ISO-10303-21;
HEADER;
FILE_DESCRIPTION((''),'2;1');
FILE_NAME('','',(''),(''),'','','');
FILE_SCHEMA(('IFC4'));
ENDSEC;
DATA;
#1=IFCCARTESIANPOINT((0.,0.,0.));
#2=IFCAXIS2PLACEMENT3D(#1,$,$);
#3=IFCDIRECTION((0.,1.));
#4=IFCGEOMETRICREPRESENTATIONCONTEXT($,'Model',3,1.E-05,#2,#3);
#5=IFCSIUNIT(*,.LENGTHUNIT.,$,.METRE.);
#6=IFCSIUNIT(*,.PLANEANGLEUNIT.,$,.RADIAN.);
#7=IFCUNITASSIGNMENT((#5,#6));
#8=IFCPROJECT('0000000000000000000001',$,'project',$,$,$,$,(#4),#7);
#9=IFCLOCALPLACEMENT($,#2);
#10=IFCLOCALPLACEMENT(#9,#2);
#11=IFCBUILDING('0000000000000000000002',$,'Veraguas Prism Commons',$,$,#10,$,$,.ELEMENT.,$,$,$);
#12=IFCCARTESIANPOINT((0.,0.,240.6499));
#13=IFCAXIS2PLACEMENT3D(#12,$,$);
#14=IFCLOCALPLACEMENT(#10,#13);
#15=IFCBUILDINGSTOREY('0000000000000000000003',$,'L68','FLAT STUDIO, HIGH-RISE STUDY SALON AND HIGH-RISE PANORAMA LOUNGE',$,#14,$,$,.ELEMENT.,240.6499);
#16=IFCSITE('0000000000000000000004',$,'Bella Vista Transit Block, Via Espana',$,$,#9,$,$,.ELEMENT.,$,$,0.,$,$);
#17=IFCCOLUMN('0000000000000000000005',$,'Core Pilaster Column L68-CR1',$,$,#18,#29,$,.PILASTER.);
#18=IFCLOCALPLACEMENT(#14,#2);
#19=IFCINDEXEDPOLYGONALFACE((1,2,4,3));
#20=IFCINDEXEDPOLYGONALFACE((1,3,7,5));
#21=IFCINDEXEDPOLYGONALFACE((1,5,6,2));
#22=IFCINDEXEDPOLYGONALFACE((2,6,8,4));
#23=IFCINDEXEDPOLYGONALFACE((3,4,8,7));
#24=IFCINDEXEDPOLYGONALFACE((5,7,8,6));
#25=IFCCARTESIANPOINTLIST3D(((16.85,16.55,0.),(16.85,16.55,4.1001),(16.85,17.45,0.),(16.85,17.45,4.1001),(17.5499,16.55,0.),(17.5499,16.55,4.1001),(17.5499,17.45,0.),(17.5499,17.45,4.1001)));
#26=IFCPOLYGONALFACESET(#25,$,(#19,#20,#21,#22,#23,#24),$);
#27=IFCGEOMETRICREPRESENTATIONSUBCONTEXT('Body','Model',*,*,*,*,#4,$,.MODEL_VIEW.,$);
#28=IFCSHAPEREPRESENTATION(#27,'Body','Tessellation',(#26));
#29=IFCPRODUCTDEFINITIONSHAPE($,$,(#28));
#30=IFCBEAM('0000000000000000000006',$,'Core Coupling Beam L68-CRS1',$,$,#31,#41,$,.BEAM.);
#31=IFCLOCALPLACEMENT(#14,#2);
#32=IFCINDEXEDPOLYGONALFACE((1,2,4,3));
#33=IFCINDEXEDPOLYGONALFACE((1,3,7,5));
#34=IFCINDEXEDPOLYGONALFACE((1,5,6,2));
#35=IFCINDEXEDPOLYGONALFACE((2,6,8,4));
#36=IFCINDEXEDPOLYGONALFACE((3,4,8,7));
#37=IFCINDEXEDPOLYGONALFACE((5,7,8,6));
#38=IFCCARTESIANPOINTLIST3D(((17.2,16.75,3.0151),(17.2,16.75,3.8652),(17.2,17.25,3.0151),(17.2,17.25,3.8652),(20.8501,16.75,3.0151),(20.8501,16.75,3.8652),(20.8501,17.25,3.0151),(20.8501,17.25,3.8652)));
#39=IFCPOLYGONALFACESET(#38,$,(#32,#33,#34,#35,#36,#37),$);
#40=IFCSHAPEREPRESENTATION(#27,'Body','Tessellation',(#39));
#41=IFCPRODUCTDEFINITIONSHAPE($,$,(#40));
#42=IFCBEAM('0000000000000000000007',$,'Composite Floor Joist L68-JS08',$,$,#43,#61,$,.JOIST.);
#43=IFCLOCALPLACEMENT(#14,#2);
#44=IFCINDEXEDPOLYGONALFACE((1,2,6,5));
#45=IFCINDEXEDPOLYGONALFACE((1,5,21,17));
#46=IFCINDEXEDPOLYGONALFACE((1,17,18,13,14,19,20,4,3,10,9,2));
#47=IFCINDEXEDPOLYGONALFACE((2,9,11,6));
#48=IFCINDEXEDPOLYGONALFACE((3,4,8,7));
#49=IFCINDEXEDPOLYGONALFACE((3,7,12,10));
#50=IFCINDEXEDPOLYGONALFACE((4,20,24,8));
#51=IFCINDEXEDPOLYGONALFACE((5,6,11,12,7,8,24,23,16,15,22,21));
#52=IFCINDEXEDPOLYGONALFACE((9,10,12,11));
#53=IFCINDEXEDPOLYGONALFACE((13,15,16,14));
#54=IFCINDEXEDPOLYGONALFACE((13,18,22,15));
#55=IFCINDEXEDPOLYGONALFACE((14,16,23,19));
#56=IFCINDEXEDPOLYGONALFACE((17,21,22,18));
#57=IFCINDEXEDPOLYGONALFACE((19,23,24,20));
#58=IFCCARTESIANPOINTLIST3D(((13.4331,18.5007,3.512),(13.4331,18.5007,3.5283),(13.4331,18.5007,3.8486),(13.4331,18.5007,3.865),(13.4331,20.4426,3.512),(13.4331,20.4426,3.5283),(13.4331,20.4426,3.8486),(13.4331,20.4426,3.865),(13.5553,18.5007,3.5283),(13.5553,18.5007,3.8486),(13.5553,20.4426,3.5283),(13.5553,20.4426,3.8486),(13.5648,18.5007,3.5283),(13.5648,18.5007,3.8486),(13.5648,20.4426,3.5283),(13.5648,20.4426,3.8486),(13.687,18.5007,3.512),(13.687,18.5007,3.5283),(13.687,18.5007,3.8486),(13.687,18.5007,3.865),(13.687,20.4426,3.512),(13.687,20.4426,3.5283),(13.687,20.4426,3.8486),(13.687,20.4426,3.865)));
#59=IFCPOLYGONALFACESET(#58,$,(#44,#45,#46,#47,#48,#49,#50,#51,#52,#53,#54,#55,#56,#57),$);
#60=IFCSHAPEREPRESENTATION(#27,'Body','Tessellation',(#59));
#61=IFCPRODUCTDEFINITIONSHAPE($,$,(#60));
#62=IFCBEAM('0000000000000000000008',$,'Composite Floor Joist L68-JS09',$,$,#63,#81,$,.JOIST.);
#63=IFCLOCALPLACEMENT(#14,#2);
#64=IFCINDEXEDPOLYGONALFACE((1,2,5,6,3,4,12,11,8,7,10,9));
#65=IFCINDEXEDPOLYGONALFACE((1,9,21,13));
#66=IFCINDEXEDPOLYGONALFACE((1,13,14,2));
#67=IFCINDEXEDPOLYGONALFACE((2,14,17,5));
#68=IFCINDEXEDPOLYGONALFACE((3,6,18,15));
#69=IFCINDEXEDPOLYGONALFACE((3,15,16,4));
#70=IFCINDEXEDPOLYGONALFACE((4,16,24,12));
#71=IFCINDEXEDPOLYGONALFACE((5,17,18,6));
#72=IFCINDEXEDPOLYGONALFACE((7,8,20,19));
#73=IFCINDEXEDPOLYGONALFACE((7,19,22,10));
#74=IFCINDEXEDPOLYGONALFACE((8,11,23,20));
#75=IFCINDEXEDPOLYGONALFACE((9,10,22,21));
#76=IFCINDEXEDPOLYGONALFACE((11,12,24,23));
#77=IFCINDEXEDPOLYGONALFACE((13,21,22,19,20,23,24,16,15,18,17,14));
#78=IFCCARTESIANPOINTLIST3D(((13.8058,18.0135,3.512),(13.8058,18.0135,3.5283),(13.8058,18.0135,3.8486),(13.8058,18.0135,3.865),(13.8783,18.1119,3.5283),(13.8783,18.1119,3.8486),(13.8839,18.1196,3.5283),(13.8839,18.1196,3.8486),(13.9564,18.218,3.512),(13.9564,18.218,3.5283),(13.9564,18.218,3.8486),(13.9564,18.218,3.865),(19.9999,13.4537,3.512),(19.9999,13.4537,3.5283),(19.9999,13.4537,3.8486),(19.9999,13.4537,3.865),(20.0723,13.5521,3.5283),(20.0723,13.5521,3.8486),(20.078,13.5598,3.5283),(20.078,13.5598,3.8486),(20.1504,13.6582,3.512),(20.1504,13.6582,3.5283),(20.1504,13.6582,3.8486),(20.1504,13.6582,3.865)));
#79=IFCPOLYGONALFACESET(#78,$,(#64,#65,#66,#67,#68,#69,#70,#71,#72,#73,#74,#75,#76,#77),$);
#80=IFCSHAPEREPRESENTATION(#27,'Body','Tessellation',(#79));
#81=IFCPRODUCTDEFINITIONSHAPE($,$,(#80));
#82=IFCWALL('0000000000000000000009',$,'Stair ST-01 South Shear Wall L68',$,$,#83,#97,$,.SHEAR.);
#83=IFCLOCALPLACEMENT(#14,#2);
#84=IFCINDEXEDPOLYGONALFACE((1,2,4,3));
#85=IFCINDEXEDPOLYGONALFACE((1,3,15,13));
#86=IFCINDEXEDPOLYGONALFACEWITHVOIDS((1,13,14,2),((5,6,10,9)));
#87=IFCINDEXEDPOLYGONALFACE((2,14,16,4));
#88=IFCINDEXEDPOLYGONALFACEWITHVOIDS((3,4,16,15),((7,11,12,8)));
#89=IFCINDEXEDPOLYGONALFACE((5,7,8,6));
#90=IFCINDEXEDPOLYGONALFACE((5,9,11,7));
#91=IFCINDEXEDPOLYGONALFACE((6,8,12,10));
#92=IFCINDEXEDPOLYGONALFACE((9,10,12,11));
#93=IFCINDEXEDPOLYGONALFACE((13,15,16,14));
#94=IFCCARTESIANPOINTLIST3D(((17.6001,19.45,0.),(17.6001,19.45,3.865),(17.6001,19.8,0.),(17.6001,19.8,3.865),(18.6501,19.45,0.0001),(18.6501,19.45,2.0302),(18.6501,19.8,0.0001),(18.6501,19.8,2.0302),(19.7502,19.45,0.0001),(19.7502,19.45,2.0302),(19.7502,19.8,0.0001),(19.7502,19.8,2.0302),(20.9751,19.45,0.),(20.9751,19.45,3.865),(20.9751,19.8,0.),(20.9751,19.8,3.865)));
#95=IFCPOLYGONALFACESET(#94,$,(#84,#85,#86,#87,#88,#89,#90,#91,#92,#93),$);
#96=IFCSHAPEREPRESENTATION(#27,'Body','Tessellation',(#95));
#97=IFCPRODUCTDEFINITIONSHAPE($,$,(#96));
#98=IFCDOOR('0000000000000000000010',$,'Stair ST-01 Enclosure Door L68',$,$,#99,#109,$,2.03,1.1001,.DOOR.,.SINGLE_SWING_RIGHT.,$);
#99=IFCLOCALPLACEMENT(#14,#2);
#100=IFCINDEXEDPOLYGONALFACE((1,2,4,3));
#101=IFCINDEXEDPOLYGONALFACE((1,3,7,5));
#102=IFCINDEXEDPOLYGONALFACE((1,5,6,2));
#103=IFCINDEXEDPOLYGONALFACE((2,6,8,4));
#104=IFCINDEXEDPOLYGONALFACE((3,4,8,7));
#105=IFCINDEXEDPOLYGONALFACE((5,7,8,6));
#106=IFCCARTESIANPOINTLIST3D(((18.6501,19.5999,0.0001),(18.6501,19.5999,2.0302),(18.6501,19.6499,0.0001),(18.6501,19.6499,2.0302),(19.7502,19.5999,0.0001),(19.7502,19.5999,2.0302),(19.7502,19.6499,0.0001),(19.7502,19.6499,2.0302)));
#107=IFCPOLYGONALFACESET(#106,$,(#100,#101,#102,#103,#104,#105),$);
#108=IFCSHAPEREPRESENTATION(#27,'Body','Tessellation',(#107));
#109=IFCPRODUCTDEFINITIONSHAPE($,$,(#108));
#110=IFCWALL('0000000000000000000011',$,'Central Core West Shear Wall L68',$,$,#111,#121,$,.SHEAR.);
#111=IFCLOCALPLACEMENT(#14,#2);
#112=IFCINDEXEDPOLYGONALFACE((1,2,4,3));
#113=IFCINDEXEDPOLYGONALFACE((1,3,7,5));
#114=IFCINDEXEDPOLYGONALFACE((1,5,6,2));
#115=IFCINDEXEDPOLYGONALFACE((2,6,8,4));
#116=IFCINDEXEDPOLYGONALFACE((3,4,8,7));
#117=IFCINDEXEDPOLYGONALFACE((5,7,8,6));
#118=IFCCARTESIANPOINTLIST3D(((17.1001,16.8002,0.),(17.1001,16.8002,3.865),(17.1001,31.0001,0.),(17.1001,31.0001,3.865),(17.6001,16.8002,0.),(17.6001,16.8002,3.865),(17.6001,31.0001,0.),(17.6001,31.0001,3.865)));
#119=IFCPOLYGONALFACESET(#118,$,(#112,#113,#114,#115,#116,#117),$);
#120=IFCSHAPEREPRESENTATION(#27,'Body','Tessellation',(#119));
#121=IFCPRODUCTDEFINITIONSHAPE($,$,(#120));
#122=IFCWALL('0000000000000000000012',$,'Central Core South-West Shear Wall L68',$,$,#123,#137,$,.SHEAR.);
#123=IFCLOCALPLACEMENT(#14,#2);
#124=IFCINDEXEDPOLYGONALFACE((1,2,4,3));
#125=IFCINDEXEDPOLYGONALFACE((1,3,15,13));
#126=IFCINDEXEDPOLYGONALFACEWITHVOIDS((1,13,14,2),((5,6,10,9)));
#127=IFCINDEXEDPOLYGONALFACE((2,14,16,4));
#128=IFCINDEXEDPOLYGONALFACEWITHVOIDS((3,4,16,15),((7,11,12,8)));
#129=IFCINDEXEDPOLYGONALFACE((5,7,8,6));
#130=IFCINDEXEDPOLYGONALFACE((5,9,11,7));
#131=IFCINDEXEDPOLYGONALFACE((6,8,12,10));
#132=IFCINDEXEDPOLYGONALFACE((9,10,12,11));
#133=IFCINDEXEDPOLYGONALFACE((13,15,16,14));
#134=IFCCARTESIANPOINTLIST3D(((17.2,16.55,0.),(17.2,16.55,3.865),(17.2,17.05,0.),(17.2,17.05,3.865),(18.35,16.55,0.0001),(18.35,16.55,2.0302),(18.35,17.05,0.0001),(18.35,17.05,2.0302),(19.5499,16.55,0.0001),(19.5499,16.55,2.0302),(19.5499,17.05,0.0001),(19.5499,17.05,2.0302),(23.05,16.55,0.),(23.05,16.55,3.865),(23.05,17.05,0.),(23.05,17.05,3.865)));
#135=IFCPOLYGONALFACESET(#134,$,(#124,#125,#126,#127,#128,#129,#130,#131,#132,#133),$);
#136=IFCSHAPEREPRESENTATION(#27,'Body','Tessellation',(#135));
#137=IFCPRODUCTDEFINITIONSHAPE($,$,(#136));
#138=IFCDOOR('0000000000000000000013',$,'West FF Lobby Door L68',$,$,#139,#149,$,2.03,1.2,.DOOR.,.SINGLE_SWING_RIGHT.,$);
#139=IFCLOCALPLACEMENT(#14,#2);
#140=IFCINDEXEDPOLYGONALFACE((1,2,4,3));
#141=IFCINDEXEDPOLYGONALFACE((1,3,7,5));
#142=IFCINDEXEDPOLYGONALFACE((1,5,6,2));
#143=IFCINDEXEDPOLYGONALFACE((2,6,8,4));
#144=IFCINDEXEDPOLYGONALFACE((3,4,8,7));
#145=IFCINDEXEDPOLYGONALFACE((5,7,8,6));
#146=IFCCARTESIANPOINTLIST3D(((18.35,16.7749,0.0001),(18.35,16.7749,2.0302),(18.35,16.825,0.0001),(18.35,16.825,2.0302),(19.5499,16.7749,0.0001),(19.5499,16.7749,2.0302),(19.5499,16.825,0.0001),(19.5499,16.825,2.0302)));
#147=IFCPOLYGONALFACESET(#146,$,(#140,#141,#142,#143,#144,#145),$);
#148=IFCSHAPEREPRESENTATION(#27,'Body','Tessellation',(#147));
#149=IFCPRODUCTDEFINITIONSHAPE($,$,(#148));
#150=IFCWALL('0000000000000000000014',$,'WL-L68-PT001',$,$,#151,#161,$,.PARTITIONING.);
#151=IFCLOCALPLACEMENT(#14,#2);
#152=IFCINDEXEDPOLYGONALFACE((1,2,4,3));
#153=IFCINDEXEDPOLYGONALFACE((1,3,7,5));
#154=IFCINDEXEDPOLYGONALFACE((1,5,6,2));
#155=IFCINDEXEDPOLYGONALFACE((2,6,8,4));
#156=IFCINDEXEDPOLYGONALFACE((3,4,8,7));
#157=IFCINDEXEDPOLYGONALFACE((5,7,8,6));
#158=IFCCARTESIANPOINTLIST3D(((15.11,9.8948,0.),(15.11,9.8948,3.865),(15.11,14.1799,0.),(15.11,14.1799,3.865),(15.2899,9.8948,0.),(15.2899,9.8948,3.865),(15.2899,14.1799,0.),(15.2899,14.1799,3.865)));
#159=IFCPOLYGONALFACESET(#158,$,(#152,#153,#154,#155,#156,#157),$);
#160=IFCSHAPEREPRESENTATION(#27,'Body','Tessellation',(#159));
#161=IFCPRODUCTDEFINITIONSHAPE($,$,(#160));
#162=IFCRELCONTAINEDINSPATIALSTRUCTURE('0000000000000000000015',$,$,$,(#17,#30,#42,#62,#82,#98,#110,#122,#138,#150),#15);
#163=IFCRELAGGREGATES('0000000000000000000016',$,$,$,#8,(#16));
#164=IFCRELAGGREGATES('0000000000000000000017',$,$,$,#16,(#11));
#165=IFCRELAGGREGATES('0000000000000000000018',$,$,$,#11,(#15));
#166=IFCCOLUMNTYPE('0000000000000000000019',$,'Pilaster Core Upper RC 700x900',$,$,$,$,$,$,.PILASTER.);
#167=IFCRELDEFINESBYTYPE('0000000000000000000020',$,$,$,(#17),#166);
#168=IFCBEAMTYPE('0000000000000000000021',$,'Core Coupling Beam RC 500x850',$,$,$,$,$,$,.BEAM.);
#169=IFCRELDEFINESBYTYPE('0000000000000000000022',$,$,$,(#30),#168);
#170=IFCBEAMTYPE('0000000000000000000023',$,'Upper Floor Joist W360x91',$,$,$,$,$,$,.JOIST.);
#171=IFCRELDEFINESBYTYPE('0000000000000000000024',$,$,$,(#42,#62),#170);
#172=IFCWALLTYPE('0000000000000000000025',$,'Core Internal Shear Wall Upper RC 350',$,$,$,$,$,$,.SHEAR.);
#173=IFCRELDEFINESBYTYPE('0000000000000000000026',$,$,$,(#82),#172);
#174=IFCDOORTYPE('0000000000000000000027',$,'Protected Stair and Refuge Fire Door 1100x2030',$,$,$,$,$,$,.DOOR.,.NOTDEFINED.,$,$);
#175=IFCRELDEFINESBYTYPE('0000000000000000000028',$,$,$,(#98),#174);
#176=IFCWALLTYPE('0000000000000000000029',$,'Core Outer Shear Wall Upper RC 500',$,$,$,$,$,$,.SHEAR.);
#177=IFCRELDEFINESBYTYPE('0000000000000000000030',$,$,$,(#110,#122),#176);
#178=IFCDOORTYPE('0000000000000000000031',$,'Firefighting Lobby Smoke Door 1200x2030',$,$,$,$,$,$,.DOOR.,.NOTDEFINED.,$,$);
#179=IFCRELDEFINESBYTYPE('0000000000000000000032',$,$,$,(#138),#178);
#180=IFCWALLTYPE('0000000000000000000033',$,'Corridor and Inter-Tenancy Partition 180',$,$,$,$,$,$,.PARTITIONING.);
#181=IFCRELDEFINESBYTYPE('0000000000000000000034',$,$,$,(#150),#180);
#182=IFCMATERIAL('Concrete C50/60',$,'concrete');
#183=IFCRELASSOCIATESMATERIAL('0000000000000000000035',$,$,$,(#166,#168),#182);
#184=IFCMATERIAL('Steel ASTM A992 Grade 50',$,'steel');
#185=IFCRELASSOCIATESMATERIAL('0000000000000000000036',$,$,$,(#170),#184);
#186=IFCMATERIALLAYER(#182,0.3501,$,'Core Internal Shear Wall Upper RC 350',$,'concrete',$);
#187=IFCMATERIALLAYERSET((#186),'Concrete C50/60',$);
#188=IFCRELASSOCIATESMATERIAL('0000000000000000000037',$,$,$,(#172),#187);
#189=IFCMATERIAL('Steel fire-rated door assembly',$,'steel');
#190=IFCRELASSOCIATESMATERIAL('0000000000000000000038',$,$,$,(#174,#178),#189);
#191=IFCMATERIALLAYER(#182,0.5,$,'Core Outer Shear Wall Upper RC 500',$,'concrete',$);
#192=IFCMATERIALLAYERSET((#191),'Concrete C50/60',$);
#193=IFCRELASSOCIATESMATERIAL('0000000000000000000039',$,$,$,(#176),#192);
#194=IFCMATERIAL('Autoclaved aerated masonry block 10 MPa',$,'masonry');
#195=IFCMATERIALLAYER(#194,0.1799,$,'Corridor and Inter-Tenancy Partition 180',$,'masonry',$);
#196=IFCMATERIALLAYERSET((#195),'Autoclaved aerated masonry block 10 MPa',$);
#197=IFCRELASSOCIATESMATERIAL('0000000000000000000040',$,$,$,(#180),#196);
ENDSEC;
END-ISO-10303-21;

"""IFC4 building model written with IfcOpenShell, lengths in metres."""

from ifc_helpers import new_model, si_unit, direction, frame, frame_2d, origin, origin_2d, place, context, subcontext, project, spatial, rectangle, i_section, extrude, source, transform, mapped, material, layer, layer_set, material_profile, profile_set, type_object, element, fill, save


model = new_model("IFC4")

# Units and contexts
model_context = context("Model", 3, precision=1e-05, world=origin(), true_north=direction((0.0, 1.0)))
body_context = subcontext(model_context, "Body", "Model", "MODEL_VIEW")
ifc_project = project(units=[si_unit("LENGTHUNIT", "METRE"), si_unit("PLANEANGLEUNIT", "RADIAN")], contexts=[model_context])

# Site, building, storey
site_placement = place(None, origin())
site = spatial("IfcSite", under=ifc_project, at=site_placement, Name="Bella Vista Transit Block, Via Espana", CompositionType="ELEMENT", RefElevation=0.0)
building_placement = place(site_placement, origin())
building = spatial("IfcBuilding", under=site, at=building_placement, Name="Veraguas Prism Commons", CompositionType="ELEMENT")
storey_placement = place(building_placement, frame((0.0, 0.0, 240.6499)))
storey = spatial("IfcBuildingStorey", under=building, at=storey_placement, Name="L68", Description="FLAT STUDIO, HIGH-RISE STUDY SALON AND HIGH-RISE PANORAMA LOUNGE", CompositionType="ELEMENT", Elevation=240.6499)

# Column
ifc_material_1 = material(Name="Concrete C50/60", Category="concrete")
ifc_material_profile_1 = material_profile(ifc_material_1, rectangle(XDim=0.7, YDim=0.8999, at=origin_2d()), Name="RC700X900")
ifc_profile_set_1 = profile_set([ifc_material_profile_1], Name="Concrete C50/60")
column_type = type_object("IfcColumnType", Name="Pilaster Core Upper RC 700x900", PredefinedType="PILASTER", material=ifc_profile_set_1)
column_placement = place(storey_placement, frame((17.2, 17.0, 0.0), z_axis=(0.0, 0.0, 1.0), x_axis=(1.0, 0.0, 0.0)))
element("IfcColumn", 1, at=column_placement, inside=storey, type_object=column_type, Name="Core Pilaster Column L68-CR1", PredefinedType="PILASTER", context=body_context, shape_type="SweptSolid", body=[
    extrude(rectangle(XDim=0.7, YDim=0.8999, at=origin_2d()), origin(), (0.0, 0.0, 1.0), 4.1001),
])

# Beams
ifc_material_profile_2 = material_profile(ifc_material_1, rectangle(XDim=0.5, YDim=0.8501, at=origin_2d()), Name="RC500X850")
ifc_profile_set_2 = profile_set([ifc_material_profile_2], Name="Concrete C50/60")
beam_type_1 = type_object("IfcBeamType", Name="Core Coupling Beam RC 500x850", PredefinedType="BEAM", material=ifc_profile_set_2)
beam_1_placement = place(storey_placement, frame((17.2, 17.0, 3.4402), z_axis=(1.0, 0.0, 0.0), x_axis=(0.0, 1.0, 0.0)))
element("IfcBeam", 2, at=beam_1_placement, inside=storey, type_object=beam_type_1, Name="Core Coupling Beam L68-CRS1", PredefinedType="BEAM", context=body_context, shape_type="SweptSolid", body=[
    extrude(rectangle(XDim=0.5, YDim=0.8501, at=origin_2d()), origin(), (0.0, 0.0, 1.0), 3.6501),
])
ifc_material_2 = material(Name="Steel ASTM A992 Grade 50", Category="steel")
ifc_material_profile_3 = material_profile(ifc_material_2, i_section(OverallWidth=0.2539, OverallDepth=0.353, WebThickness=0.0095, FlangeThickness=0.0164, at=origin_2d()), Name="W360X91")
ifc_profile_set_3 = profile_set([ifc_material_profile_3], Name="Steel ASTM A992 Grade 50")
beam_type_2 = type_object("IfcBeamType", Name="Upper Floor Joist W360x91", PredefinedType="JOIST", material=ifc_profile_set_3)
beam_2_placement = place(storey_placement, frame((13.5601, 20.4426, 3.6885), z_axis=(0.0, -1.0, 0.0), x_axis=(1.0, 0.0, 0.0)))
element("IfcBeam", 3, at=beam_2_placement, inside=storey, type_object=beam_type_2, Name="Composite Floor Joist L68-JS08", PredefinedType="JOIST", context=body_context, shape_type="SweptSolid", body=[
    extrude(i_section(OverallWidth=0.2539, OverallDepth=0.353, WebThickness=0.0095, FlangeThickness=0.0164, at=origin_2d()), origin(), (0.0, 0.0, 1.0), 1.9419),
])
beam_3_placement = place(storey_placement, frame((13.8811, 18.1157, 3.6885), z_axis=(0.80532, -0.592841, 0.0), x_axis=(0.592841, 0.80532, 0.0)))
element("IfcBeam", 4, at=beam_3_placement, inside=storey, type_object=beam_type_2, Name="Composite Floor Joist L68-JS09", PredefinedType="JOIST", context=body_context, shape_type="SweptSolid", body=[
    extrude(i_section(OverallWidth=0.2539, OverallDepth=0.353, WebThickness=0.0095, FlangeThickness=0.0164, at=origin_2d()), origin(), (0.0, 0.0, 1.0), 7.6914),
])

# Wall, opening, door
ifc_layer_1 = layer(ifc_material_1, 0.3501, Name="Core Internal Shear Wall Upper RC 350", Category="concrete")
ifc_layer_set_1 = layer_set([ifc_layer_1], Name="Concrete C50/60")
wall_type_1 = type_object("IfcWallType", Name="Core Internal Shear Wall Upper RC 350", PredefinedType="SHEAR", material=ifc_layer_set_1)
wall_1_placement = place(storey_placement, frame((17.6001, 19.625, 0.0), z_axis=(0.0, 0.0, 1.0), x_axis=(1.0, 0.0, 0.0)))
wall_1 = element("IfcWall", 5, at=wall_1_placement, inside=storey, type_object=wall_type_1, Name="Stair ST-01 South Shear Wall L68", PredefinedType="SHEAR", context=body_context, shape_type="SweptSolid", body=[
    extrude(rectangle(XDim=3.375, YDim=0.3501, at=frame_2d((1.6875, 0.0))), origin(), (0.0, 0.0, 1.0), 3.865),
])
opening_1_placement = place(wall_1_placement, frame((1.05, 0.0, 0.0)))
opening_1 = element("IfcOpeningElement", 6, at=opening_1_placement, cuts=wall_1, PredefinedType="OPENING", context=body_context, shape_type="SweptSolid", body=[
    extrude(rectangle(XDim=1.1001, YDim=2.03, at=frame_2d((0.55, 1.0151))), frame((0.0, 0.1851, 0.0), z_axis=(0.0, -1.0, 0.0), x_axis=(1.0, 0.0, 0.0)), (0.0, 0.0, 1.0), 0.3701),
])
ifc_material_3 = material(Name="Steel fire-rated door assembly", Category="steel")
door_type_1 = type_object("IfcDoorType", Name="Protected Stair and Refuge Fire Door 1100x2030", OperationType="NOTDEFINED", PredefinedType="DOOR", material=ifc_material_3)
shared_shape_1 = source(origin(), body_context, "Body", "SweptSolid", [
    extrude(rectangle(XDim=1.1001, YDim=2.03, at=frame_2d((0.55, 1.0151))), frame((0.0, 0.0249, 0.0), z_axis=(0.0, -1.0, 0.0), x_axis=(1.0, 0.0, 0.0)), (0.0, 0.0, 1.0), 0.05),
])
door_1_placement = place(opening_1_placement, origin())
door_1 = element("IfcDoor", 7, at=door_1_placement, inside=storey, type_object=door_type_1, Name="Stair ST-01 Enclosure Door L68", OperationType="SINGLE_SWING_RIGHT", OverallHeight=2.03, OverallWidth=1.1001, PredefinedType="DOOR", context=body_context, shape_type="MappedRepresentation", body=[
    mapped(shared_shape_1, transform((0.0, 0.0, 0.0), scale=1.0)),
])
fill(opening_1, door_1)

# Wall
ifc_layer_2 = layer(ifc_material_1, 0.5, Name="Core Outer Shear Wall Upper RC 500", Category="concrete")
ifc_layer_set_2 = layer_set([ifc_layer_2], Name="Concrete C50/60")
wall_type_2 = type_object("IfcWallType", Name="Core Outer Shear Wall Upper RC 500", PredefinedType="SHEAR", material=ifc_layer_set_2)
wall_2_placement = place(storey_placement, frame((17.3501, 16.8, 0.0), z_axis=(0.0, 0.0, 1.0), x_axis=(0.0, 1.0, 0.0)))
element("IfcWall", 8, at=wall_2_placement, inside=storey, type_object=wall_type_2, Name="Central Core West Shear Wall L68", PredefinedType="SHEAR", context=body_context, shape_type="SweptSolid", body=[
    extrude(rectangle(XDim=14.2, YDim=0.5, at=frame_2d((7.1001, 0.0))), origin(), (0.0, 0.0, 1.0), 3.865),
])

# Wall, opening, door
wall_3_placement = place(storey_placement, frame((17.2, 16.8, 0.0), z_axis=(0.0, 0.0, 1.0), x_axis=(1.0, 0.0, 0.0)))
wall_3 = element("IfcWall", 9, at=wall_3_placement, inside=storey, type_object=wall_type_2, Name="Central Core South-West Shear Wall L68", PredefinedType="SHEAR", context=body_context, shape_type="SweptSolid", body=[
    extrude(rectangle(XDim=5.8501, YDim=0.5, at=frame_2d((2.925, 0.0))), origin(), (0.0, 0.0, 1.0), 3.865),
])
opening_2_placement = place(wall_3_placement, frame((1.1499, 0.0, 0.0)))
opening_2 = element("IfcOpeningElement", 10, at=opening_2_placement, cuts=wall_3, PredefinedType="OPENING", context=body_context, shape_type="SweptSolid", body=[
    extrude(rectangle(XDim=1.2, YDim=2.03, at=frame_2d((0.6001, 1.0151))), frame((0.0, 0.26, 0.0), z_axis=(0.0, -1.0, 0.0), x_axis=(1.0, 0.0, 0.0)), (0.0, 0.0, 1.0), 0.52),
])
door_type_2 = type_object("IfcDoorType", Name="Firefighting Lobby Smoke Door 1200x2030", OperationType="NOTDEFINED", PredefinedType="DOOR", material=ifc_material_3)
shared_shape_2 = source(origin(), body_context, "Body", "SweptSolid", [
    extrude(rectangle(XDim=1.2, YDim=2.03, at=frame_2d((0.6001, 1.0151))), frame((0.0, 0.0249, 0.0), z_axis=(0.0, -1.0, 0.0), x_axis=(1.0, 0.0, 0.0)), (0.0, 0.0, 1.0), 0.05),
])
door_2_placement = place(opening_2_placement, origin())
door_2 = element("IfcDoor", 11, at=door_2_placement, inside=storey, type_object=door_type_2, Name="West FF Lobby Door L68", OperationType="SINGLE_SWING_RIGHT", OverallHeight=2.03, OverallWidth=1.2, PredefinedType="DOOR", context=body_context, shape_type="MappedRepresentation", body=[
    mapped(shared_shape_2, transform((0.0, 0.0, 0.0), scale=1.0)),
])
fill(opening_2, door_2)

# Wall
ifc_material_4 = material(Name="Autoclaved aerated masonry block 10 MPa", Category="masonry")
ifc_layer_3 = layer(ifc_material_4, 0.1799, Name="Corridor and Inter-Tenancy Partition 180", Category="masonry")
ifc_layer_set_3 = layer_set([ifc_layer_3], Name="Autoclaved aerated masonry block 10 MPa")
wall_type_3 = type_object("IfcWallType", Name="Corridor and Inter-Tenancy Partition 180", PredefinedType="PARTITIONING", material=ifc_layer_set_3)
wall_4_placement = place(storey_placement, frame((15.2, 14.1799, 0.0), z_axis=(0.0, 0.0, 1.0), x_axis=(0.0, -1.0, 0.0)))
element("IfcWall", 12, at=wall_4_placement, inside=storey, type_object=wall_type_3, Name="WL-L68-PT001", PredefinedType="PARTITIONING", context=body_context, shape_type="SweptSolid", body=[
    extrude(rectangle(XDim=4.2852, YDim=0.1799, at=frame_2d((2.1426, 0.0))), origin(), (0.0, 0.0, 1.0), 3.865),
])

save(model, "model.ifc")
